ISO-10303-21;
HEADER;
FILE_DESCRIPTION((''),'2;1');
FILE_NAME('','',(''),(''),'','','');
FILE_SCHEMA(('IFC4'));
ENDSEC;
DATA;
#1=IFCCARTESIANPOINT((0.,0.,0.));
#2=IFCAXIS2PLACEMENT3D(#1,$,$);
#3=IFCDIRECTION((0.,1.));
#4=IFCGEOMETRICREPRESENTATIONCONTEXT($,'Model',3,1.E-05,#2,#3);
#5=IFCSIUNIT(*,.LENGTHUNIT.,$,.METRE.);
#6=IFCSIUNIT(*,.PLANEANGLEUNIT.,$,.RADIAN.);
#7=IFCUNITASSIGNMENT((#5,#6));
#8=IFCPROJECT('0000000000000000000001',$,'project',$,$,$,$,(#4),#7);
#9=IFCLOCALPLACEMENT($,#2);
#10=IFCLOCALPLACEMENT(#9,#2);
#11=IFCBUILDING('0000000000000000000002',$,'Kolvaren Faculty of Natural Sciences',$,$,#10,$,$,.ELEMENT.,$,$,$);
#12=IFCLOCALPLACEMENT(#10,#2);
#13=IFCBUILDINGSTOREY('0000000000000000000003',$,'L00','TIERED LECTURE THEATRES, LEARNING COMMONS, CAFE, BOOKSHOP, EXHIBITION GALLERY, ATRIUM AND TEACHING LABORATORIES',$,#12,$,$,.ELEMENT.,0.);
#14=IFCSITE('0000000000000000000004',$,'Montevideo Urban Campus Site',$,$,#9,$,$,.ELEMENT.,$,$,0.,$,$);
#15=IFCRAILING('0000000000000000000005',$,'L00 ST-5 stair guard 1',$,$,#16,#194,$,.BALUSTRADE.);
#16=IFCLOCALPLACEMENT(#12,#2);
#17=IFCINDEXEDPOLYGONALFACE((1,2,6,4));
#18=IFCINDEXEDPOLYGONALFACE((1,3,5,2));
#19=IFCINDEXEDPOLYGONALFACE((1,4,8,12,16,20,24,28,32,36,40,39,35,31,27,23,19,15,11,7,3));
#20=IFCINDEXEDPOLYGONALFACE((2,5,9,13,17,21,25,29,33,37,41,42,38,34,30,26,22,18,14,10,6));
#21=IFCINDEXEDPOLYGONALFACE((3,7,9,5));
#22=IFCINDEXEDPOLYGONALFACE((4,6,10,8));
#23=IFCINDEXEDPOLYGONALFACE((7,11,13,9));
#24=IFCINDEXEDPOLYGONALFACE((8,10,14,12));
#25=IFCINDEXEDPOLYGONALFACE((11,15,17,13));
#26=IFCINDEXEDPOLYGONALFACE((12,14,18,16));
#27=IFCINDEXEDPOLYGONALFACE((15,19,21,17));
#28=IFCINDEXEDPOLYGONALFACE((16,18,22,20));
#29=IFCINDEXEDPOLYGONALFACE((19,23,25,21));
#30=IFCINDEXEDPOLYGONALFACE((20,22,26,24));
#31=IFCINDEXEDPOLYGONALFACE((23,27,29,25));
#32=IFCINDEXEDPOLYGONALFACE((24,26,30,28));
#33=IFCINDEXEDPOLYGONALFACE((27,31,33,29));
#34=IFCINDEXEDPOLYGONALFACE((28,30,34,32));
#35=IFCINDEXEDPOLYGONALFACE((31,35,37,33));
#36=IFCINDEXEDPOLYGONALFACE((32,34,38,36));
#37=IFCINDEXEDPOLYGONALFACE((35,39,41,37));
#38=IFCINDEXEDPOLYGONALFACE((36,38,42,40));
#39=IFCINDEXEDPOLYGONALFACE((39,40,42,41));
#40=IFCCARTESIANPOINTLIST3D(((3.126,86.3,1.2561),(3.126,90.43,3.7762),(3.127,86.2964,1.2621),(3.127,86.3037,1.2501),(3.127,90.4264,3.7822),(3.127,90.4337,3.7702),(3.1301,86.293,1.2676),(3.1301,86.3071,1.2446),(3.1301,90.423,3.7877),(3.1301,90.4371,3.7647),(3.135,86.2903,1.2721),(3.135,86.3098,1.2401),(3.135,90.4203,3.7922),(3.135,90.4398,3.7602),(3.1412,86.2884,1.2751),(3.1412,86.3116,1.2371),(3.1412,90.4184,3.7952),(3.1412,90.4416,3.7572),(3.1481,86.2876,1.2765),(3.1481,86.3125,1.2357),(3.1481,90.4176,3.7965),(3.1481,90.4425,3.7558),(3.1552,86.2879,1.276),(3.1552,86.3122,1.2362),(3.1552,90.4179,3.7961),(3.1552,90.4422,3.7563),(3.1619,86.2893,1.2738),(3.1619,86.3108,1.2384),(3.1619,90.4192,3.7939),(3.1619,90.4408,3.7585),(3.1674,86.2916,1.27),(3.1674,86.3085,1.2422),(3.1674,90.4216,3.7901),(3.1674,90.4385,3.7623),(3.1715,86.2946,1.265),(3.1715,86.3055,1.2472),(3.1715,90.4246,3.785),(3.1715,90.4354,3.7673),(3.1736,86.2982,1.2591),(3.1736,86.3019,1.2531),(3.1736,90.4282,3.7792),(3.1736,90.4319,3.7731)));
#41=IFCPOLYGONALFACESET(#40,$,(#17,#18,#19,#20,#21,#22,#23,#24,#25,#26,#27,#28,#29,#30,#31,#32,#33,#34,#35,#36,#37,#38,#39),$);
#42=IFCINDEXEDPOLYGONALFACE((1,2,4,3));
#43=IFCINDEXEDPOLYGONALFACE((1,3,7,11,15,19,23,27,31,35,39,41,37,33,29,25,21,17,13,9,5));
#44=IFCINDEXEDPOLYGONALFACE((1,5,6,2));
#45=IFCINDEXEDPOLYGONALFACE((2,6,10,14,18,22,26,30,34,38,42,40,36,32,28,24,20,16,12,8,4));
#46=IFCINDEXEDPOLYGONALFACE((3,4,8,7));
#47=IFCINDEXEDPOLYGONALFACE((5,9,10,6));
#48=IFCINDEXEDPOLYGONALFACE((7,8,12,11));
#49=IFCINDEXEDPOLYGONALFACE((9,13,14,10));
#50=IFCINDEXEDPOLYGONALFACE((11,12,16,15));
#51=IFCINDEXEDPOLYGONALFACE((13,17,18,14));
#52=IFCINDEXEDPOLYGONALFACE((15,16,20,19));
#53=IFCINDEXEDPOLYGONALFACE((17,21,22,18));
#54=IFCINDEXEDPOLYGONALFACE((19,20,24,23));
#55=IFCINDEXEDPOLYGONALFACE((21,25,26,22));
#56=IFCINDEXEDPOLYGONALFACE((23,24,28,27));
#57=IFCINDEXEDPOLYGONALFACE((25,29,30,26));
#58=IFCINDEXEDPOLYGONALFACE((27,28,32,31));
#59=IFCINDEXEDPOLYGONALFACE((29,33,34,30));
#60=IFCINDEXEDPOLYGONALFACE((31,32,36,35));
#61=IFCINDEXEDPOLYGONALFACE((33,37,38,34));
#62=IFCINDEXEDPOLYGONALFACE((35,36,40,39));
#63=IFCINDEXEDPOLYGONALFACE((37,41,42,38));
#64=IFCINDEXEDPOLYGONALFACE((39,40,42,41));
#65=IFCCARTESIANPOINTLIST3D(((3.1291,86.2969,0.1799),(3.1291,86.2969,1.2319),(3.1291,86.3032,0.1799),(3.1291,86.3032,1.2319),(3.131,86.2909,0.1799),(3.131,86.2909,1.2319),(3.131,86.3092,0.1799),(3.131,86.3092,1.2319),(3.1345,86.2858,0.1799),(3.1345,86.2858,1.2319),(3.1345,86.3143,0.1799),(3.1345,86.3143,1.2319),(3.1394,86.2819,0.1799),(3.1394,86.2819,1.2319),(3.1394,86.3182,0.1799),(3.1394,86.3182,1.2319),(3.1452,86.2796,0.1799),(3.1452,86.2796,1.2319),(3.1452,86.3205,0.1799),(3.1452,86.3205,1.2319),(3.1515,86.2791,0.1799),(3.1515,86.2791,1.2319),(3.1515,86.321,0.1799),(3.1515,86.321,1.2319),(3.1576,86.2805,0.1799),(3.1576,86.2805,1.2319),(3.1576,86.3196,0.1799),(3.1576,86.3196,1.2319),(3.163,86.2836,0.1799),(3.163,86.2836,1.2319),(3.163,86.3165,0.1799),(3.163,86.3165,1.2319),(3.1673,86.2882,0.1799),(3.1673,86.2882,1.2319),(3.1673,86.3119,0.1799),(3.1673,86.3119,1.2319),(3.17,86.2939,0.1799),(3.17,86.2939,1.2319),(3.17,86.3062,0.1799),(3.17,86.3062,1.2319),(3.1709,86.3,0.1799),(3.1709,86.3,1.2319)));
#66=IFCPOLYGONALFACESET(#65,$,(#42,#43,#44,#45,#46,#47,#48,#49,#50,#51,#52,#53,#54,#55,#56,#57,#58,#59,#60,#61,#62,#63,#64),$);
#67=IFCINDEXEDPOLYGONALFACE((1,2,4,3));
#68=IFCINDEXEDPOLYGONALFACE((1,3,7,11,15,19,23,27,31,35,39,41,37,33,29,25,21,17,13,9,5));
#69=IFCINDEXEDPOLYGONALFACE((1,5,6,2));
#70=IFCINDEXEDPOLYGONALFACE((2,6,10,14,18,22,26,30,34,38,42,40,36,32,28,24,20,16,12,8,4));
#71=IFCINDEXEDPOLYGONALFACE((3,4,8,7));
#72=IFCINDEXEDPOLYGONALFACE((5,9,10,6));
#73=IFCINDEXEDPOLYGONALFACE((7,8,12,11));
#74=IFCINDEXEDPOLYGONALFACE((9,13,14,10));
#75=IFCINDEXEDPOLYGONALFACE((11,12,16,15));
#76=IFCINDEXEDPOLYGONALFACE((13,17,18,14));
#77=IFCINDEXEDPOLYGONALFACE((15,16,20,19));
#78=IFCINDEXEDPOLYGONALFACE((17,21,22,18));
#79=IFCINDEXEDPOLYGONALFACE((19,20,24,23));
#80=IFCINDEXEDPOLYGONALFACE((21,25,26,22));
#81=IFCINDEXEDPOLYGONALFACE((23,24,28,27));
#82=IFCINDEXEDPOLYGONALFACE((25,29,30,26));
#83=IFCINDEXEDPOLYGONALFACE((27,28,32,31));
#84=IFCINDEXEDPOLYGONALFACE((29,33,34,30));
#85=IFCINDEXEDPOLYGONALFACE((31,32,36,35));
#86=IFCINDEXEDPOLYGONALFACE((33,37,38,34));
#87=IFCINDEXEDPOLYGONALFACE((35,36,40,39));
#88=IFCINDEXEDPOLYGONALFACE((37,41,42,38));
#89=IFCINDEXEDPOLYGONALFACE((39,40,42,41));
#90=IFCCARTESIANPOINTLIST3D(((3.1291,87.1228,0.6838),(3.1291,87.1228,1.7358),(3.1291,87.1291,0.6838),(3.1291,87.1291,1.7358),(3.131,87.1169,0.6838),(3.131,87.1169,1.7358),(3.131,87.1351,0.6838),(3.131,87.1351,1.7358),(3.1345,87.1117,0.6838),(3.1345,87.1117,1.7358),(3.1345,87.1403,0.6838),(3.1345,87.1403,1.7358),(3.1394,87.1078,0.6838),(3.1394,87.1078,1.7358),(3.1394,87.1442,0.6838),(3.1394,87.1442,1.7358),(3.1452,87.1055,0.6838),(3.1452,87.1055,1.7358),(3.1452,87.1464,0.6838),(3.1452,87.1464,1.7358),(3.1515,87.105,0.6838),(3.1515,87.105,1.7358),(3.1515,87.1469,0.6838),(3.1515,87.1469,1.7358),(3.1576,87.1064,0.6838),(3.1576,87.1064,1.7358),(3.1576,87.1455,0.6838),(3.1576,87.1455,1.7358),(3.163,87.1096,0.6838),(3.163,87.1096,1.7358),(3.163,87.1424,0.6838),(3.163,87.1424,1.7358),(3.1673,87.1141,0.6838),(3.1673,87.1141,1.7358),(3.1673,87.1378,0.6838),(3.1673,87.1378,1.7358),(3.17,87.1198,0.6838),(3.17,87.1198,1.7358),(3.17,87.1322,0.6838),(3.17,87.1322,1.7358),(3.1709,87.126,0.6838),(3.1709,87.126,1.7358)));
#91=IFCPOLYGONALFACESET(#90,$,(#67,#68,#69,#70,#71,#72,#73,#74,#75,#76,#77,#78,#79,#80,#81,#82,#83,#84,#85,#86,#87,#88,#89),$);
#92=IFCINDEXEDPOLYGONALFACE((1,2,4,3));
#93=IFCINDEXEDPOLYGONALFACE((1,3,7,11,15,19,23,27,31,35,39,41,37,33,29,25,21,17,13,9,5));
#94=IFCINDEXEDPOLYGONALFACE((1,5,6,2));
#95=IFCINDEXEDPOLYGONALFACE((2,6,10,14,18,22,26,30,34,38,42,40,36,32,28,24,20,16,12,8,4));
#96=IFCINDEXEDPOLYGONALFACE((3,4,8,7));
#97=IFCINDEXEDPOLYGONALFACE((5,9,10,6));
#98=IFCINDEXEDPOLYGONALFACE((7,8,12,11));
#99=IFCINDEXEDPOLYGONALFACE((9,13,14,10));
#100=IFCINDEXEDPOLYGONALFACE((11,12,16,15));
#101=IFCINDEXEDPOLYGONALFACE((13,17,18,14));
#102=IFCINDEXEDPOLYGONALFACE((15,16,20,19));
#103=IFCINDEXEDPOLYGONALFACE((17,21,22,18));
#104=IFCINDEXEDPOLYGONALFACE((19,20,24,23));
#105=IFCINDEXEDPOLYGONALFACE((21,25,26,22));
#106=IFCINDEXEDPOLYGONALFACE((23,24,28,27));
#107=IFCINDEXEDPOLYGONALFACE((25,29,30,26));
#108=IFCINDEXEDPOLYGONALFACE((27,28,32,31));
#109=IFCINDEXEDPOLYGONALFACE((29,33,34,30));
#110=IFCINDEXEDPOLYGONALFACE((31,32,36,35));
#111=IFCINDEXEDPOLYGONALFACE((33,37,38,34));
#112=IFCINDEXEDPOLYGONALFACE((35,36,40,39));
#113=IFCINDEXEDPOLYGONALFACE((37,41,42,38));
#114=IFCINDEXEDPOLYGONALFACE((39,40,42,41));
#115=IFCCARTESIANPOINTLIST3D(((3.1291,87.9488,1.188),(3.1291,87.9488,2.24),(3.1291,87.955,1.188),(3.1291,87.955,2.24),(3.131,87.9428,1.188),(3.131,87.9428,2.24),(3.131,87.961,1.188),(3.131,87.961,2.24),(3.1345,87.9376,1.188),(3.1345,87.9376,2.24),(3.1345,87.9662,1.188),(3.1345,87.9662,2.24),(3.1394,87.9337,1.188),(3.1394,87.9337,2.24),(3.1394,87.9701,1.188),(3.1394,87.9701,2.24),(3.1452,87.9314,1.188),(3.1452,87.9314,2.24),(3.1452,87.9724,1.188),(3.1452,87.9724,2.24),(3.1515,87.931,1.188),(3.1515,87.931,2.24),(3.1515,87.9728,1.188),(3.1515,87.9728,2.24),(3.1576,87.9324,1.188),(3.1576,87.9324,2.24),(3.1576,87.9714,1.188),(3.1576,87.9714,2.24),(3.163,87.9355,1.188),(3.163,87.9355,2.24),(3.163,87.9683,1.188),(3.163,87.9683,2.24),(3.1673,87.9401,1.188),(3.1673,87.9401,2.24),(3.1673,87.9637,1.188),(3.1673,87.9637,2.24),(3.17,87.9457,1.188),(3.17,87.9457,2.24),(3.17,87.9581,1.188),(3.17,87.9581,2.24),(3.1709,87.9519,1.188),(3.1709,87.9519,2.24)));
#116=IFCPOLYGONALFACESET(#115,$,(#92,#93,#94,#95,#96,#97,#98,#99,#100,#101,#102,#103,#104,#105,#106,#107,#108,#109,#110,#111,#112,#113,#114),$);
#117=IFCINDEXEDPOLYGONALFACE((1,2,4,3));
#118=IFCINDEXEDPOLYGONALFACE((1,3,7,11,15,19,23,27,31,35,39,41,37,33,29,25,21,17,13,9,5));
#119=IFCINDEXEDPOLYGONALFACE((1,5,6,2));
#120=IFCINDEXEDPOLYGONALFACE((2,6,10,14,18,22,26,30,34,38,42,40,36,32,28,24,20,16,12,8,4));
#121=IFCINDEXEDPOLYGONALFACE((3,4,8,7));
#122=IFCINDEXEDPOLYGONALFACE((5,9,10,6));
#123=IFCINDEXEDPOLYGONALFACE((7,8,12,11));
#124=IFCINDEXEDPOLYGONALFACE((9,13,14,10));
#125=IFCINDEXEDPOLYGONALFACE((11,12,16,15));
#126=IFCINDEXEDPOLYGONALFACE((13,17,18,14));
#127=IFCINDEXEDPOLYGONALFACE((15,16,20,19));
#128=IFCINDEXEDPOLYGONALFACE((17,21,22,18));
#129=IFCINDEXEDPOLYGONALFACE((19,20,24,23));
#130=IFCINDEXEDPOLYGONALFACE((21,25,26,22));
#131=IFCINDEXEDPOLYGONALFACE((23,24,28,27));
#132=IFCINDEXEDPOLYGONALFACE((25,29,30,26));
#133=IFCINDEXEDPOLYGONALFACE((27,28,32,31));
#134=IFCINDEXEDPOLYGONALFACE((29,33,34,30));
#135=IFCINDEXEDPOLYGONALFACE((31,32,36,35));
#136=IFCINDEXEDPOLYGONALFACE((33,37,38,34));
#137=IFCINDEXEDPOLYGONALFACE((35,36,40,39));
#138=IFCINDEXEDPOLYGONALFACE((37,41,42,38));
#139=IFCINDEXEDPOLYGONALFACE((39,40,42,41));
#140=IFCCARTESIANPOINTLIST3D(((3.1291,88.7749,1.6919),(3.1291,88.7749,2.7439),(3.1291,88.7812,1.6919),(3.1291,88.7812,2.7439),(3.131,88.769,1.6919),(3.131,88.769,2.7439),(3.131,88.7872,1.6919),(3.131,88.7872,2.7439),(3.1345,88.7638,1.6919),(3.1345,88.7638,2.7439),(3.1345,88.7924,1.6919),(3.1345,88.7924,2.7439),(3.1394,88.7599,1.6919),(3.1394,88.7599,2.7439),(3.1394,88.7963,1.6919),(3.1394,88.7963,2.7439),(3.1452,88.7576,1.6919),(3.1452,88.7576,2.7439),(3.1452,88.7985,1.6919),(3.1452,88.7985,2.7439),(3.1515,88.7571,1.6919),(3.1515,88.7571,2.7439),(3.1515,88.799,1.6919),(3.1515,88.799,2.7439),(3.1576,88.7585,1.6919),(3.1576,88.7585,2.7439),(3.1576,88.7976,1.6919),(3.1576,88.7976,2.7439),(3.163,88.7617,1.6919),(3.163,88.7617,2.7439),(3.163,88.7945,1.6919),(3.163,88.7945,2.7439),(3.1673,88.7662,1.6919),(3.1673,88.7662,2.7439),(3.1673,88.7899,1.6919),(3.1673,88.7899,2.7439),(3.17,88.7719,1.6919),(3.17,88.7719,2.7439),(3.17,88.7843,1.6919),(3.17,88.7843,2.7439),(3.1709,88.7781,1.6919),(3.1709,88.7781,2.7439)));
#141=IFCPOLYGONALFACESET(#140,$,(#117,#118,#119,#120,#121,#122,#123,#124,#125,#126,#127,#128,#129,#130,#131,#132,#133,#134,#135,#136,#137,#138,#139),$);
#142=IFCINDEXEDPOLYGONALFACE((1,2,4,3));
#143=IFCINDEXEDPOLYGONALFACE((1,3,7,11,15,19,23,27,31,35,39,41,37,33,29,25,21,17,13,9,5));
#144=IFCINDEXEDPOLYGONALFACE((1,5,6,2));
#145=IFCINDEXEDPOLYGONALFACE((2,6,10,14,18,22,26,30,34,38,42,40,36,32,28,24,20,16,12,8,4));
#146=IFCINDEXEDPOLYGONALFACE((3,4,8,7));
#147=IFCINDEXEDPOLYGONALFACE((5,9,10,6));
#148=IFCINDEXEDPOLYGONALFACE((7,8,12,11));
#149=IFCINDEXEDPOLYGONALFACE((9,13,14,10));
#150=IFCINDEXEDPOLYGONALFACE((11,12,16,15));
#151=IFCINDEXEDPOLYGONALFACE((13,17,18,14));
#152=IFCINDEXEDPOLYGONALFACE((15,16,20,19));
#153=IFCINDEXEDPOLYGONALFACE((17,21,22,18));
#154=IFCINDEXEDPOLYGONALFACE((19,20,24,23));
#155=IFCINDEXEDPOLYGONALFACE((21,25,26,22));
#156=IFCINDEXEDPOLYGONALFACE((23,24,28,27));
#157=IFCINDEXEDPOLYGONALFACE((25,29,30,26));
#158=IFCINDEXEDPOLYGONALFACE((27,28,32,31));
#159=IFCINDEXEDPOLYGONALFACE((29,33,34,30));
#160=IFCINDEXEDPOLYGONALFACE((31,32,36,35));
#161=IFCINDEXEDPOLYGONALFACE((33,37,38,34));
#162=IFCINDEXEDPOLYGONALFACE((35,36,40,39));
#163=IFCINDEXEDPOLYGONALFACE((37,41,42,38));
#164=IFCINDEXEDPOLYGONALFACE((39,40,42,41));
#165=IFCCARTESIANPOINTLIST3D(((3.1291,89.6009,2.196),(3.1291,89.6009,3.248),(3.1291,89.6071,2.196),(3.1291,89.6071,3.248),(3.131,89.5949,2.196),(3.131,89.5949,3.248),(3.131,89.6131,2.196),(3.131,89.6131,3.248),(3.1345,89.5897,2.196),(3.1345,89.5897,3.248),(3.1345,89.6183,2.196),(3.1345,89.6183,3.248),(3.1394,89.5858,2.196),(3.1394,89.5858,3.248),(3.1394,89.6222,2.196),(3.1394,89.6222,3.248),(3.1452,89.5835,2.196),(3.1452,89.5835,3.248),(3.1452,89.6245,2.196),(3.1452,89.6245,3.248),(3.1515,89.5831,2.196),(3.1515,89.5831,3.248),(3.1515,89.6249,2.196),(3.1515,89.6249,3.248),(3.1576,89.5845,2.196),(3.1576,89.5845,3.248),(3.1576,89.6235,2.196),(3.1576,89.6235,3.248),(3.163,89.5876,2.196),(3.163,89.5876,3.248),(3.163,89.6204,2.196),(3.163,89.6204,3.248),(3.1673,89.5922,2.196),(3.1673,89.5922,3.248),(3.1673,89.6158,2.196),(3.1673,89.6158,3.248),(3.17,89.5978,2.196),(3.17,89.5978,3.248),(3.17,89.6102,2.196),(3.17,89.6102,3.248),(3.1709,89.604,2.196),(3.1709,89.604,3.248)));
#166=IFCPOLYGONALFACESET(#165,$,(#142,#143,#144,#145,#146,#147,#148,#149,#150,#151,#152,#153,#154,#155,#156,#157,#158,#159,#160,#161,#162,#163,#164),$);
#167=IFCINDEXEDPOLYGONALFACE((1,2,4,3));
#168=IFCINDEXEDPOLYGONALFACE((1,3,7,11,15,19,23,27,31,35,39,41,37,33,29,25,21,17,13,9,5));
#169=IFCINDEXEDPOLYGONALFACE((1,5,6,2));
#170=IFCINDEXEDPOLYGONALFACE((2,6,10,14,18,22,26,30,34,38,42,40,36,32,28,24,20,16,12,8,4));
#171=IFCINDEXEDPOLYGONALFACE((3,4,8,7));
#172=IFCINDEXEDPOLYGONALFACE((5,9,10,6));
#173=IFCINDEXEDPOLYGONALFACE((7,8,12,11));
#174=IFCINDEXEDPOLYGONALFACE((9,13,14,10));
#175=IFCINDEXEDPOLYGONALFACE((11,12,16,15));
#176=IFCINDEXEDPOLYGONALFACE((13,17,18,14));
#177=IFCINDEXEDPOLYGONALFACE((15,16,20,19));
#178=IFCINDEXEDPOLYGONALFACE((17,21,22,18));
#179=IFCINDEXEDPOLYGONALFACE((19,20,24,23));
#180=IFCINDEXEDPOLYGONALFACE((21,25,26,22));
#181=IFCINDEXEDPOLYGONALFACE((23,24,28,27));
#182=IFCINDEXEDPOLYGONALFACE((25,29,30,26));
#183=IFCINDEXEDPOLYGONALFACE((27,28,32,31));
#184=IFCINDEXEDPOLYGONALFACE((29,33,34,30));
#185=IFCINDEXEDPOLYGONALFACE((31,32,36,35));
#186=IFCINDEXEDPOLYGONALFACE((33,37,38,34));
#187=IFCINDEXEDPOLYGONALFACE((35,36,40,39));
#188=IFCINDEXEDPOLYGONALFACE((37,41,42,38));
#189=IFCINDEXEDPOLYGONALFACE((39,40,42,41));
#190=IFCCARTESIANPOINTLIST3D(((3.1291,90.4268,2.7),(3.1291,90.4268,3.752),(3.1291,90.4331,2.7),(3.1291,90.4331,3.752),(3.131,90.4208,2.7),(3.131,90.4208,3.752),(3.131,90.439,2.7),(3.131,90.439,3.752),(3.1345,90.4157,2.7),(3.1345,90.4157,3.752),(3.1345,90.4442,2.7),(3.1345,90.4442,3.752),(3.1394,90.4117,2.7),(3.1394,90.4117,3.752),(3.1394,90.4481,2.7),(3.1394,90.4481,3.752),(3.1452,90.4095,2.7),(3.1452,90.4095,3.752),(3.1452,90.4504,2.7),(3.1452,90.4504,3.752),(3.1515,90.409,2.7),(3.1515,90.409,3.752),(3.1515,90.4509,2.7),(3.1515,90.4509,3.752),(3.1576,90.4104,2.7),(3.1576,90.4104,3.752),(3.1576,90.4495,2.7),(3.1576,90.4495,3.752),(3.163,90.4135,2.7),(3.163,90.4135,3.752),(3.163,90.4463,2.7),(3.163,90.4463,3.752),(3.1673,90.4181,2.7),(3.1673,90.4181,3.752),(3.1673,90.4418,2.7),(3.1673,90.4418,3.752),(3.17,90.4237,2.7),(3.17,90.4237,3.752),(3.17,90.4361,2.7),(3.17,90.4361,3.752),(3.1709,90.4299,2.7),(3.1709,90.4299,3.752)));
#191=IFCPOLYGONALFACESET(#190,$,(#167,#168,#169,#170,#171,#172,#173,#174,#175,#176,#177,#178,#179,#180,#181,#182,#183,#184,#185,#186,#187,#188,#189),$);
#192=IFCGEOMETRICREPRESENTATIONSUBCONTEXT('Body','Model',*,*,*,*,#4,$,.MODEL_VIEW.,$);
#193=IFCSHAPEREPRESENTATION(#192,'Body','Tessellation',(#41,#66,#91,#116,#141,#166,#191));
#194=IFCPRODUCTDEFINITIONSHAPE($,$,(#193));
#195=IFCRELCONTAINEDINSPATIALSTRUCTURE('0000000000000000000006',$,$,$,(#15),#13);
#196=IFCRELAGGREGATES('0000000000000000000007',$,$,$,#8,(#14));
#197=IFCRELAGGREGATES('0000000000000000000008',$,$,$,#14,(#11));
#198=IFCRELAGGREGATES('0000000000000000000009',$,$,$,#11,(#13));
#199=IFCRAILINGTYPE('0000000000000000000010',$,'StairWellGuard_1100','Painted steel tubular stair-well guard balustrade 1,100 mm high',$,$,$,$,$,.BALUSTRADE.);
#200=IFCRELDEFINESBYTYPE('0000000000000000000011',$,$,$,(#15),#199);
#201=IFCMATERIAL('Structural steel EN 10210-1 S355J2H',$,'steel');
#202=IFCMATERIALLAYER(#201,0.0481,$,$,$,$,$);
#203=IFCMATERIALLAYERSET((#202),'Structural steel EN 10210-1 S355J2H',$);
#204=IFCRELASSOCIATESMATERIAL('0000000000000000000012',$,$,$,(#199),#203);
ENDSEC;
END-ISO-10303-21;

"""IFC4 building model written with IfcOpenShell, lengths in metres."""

from ifc_helpers import new_model, si_unit, direction, frame, origin, origin_2d, place, context, subcontext, project, spatial, circle, extrude, material, layer, layer_set, type_object, element, save


model = new_model("IFC4")

# Units and contexts
model_context = context("Model", 3, precision=1e-05, world=origin(), true_north=direction((0.0, 1.0)))
body_context = subcontext(model_context, "Body", "Model", "MODEL_VIEW")
ifc_project = project(units=[si_unit("LENGTHUNIT", "METRE"), si_unit("PLANEANGLEUNIT", "RADIAN")], contexts=[model_context])

# Site, building, storey
site_placement = place(None, origin())
site = spatial("IfcSite", under=ifc_project, at=site_placement, Name="Montevideo Urban Campus Site", CompositionType="ELEMENT", RefElevation=0.0)
building_placement = place(site_placement, origin())
building = spatial("IfcBuilding", under=site, at=building_placement, Name="Kolvaren Faculty of Natural Sciences", CompositionType="ELEMENT")
storey_placement = place(building_placement, origin())
storey = spatial("IfcBuildingStorey", under=building, at=storey_placement, Name="L00", Description="TIERED LECTURE THEATRES, LEARNING COMMONS, CAFE, BOOKSHOP, EXHIBITION GALLERY, ATRIUM AND TEACHING LABORATORIES", CompositionType="ELEMENT", Elevation=0.0)

# Railing
ifc_material_1 = material(Name="Structural steel EN 10210-1 S355J2H", Category="steel")
ifc_layer_1 = layer(ifc_material_1, 0.0481)
ifc_layer_set_1 = layer_set([ifc_layer_1], Name="Structural steel EN 10210-1 S355J2H")
railing_type_1 = type_object("IfcRailingType", Name="StairWellGuard_1100", Description="Painted steel tubular stair-well guard balustrade 1,100 mm high", PredefinedType="BALUSTRADE", material=ifc_layer_set_1)
railing_1_placement = place(storey_placement, frame((3.1499, 86.3, 0.1799)))
element("IfcRailing", 1, at=railing_1_placement, inside=storey, type_object=railing_type_1, Name="L00 ST-5 stair guard 1", PredefinedType="BALUSTRADE", context=body_context, shape_type="SweptSolid", body=[
    extrude(circle(Radius=0.0239, at=origin_2d()), frame((0.0, 0.0, 1.0762), z_axis=(0.0, 0.853631, 0.520878), x_axis=(-1.0, 0.0, 0.0)), (0.0, 0.0, 1.0), 4.8381),
    extrude(circle(Radius=0.021, at=origin_2d()), origin(), (0.0, 0.0, 1.0), 1.052),
    extrude(circle(Radius=0.021, at=origin_2d()), frame((0.0, 0.8259, 0.5039)), (0.0, 0.0, 1.0), 1.052),
    extrude(circle(Radius=0.021, at=origin_2d()), frame((0.0, 1.6519, 1.0081)), (0.0, 0.0, 1.0), 1.052),
    extrude(circle(Radius=0.021, at=origin_2d()), frame((0.0, 2.478, 1.512)), (0.0, 0.0, 1.0), 1.052),
    extrude(circle(Radius=0.021, at=origin_2d()), frame((0.0, 3.304, 2.0161)), (0.0, 0.0, 1.0), 1.052),
    extrude(circle(Radius=0.021, at=origin_2d()), frame((0.0, 4.1299, 2.52)), (0.0, 0.0, 1.0), 1.052),
])

save(model, "model.ifc")
